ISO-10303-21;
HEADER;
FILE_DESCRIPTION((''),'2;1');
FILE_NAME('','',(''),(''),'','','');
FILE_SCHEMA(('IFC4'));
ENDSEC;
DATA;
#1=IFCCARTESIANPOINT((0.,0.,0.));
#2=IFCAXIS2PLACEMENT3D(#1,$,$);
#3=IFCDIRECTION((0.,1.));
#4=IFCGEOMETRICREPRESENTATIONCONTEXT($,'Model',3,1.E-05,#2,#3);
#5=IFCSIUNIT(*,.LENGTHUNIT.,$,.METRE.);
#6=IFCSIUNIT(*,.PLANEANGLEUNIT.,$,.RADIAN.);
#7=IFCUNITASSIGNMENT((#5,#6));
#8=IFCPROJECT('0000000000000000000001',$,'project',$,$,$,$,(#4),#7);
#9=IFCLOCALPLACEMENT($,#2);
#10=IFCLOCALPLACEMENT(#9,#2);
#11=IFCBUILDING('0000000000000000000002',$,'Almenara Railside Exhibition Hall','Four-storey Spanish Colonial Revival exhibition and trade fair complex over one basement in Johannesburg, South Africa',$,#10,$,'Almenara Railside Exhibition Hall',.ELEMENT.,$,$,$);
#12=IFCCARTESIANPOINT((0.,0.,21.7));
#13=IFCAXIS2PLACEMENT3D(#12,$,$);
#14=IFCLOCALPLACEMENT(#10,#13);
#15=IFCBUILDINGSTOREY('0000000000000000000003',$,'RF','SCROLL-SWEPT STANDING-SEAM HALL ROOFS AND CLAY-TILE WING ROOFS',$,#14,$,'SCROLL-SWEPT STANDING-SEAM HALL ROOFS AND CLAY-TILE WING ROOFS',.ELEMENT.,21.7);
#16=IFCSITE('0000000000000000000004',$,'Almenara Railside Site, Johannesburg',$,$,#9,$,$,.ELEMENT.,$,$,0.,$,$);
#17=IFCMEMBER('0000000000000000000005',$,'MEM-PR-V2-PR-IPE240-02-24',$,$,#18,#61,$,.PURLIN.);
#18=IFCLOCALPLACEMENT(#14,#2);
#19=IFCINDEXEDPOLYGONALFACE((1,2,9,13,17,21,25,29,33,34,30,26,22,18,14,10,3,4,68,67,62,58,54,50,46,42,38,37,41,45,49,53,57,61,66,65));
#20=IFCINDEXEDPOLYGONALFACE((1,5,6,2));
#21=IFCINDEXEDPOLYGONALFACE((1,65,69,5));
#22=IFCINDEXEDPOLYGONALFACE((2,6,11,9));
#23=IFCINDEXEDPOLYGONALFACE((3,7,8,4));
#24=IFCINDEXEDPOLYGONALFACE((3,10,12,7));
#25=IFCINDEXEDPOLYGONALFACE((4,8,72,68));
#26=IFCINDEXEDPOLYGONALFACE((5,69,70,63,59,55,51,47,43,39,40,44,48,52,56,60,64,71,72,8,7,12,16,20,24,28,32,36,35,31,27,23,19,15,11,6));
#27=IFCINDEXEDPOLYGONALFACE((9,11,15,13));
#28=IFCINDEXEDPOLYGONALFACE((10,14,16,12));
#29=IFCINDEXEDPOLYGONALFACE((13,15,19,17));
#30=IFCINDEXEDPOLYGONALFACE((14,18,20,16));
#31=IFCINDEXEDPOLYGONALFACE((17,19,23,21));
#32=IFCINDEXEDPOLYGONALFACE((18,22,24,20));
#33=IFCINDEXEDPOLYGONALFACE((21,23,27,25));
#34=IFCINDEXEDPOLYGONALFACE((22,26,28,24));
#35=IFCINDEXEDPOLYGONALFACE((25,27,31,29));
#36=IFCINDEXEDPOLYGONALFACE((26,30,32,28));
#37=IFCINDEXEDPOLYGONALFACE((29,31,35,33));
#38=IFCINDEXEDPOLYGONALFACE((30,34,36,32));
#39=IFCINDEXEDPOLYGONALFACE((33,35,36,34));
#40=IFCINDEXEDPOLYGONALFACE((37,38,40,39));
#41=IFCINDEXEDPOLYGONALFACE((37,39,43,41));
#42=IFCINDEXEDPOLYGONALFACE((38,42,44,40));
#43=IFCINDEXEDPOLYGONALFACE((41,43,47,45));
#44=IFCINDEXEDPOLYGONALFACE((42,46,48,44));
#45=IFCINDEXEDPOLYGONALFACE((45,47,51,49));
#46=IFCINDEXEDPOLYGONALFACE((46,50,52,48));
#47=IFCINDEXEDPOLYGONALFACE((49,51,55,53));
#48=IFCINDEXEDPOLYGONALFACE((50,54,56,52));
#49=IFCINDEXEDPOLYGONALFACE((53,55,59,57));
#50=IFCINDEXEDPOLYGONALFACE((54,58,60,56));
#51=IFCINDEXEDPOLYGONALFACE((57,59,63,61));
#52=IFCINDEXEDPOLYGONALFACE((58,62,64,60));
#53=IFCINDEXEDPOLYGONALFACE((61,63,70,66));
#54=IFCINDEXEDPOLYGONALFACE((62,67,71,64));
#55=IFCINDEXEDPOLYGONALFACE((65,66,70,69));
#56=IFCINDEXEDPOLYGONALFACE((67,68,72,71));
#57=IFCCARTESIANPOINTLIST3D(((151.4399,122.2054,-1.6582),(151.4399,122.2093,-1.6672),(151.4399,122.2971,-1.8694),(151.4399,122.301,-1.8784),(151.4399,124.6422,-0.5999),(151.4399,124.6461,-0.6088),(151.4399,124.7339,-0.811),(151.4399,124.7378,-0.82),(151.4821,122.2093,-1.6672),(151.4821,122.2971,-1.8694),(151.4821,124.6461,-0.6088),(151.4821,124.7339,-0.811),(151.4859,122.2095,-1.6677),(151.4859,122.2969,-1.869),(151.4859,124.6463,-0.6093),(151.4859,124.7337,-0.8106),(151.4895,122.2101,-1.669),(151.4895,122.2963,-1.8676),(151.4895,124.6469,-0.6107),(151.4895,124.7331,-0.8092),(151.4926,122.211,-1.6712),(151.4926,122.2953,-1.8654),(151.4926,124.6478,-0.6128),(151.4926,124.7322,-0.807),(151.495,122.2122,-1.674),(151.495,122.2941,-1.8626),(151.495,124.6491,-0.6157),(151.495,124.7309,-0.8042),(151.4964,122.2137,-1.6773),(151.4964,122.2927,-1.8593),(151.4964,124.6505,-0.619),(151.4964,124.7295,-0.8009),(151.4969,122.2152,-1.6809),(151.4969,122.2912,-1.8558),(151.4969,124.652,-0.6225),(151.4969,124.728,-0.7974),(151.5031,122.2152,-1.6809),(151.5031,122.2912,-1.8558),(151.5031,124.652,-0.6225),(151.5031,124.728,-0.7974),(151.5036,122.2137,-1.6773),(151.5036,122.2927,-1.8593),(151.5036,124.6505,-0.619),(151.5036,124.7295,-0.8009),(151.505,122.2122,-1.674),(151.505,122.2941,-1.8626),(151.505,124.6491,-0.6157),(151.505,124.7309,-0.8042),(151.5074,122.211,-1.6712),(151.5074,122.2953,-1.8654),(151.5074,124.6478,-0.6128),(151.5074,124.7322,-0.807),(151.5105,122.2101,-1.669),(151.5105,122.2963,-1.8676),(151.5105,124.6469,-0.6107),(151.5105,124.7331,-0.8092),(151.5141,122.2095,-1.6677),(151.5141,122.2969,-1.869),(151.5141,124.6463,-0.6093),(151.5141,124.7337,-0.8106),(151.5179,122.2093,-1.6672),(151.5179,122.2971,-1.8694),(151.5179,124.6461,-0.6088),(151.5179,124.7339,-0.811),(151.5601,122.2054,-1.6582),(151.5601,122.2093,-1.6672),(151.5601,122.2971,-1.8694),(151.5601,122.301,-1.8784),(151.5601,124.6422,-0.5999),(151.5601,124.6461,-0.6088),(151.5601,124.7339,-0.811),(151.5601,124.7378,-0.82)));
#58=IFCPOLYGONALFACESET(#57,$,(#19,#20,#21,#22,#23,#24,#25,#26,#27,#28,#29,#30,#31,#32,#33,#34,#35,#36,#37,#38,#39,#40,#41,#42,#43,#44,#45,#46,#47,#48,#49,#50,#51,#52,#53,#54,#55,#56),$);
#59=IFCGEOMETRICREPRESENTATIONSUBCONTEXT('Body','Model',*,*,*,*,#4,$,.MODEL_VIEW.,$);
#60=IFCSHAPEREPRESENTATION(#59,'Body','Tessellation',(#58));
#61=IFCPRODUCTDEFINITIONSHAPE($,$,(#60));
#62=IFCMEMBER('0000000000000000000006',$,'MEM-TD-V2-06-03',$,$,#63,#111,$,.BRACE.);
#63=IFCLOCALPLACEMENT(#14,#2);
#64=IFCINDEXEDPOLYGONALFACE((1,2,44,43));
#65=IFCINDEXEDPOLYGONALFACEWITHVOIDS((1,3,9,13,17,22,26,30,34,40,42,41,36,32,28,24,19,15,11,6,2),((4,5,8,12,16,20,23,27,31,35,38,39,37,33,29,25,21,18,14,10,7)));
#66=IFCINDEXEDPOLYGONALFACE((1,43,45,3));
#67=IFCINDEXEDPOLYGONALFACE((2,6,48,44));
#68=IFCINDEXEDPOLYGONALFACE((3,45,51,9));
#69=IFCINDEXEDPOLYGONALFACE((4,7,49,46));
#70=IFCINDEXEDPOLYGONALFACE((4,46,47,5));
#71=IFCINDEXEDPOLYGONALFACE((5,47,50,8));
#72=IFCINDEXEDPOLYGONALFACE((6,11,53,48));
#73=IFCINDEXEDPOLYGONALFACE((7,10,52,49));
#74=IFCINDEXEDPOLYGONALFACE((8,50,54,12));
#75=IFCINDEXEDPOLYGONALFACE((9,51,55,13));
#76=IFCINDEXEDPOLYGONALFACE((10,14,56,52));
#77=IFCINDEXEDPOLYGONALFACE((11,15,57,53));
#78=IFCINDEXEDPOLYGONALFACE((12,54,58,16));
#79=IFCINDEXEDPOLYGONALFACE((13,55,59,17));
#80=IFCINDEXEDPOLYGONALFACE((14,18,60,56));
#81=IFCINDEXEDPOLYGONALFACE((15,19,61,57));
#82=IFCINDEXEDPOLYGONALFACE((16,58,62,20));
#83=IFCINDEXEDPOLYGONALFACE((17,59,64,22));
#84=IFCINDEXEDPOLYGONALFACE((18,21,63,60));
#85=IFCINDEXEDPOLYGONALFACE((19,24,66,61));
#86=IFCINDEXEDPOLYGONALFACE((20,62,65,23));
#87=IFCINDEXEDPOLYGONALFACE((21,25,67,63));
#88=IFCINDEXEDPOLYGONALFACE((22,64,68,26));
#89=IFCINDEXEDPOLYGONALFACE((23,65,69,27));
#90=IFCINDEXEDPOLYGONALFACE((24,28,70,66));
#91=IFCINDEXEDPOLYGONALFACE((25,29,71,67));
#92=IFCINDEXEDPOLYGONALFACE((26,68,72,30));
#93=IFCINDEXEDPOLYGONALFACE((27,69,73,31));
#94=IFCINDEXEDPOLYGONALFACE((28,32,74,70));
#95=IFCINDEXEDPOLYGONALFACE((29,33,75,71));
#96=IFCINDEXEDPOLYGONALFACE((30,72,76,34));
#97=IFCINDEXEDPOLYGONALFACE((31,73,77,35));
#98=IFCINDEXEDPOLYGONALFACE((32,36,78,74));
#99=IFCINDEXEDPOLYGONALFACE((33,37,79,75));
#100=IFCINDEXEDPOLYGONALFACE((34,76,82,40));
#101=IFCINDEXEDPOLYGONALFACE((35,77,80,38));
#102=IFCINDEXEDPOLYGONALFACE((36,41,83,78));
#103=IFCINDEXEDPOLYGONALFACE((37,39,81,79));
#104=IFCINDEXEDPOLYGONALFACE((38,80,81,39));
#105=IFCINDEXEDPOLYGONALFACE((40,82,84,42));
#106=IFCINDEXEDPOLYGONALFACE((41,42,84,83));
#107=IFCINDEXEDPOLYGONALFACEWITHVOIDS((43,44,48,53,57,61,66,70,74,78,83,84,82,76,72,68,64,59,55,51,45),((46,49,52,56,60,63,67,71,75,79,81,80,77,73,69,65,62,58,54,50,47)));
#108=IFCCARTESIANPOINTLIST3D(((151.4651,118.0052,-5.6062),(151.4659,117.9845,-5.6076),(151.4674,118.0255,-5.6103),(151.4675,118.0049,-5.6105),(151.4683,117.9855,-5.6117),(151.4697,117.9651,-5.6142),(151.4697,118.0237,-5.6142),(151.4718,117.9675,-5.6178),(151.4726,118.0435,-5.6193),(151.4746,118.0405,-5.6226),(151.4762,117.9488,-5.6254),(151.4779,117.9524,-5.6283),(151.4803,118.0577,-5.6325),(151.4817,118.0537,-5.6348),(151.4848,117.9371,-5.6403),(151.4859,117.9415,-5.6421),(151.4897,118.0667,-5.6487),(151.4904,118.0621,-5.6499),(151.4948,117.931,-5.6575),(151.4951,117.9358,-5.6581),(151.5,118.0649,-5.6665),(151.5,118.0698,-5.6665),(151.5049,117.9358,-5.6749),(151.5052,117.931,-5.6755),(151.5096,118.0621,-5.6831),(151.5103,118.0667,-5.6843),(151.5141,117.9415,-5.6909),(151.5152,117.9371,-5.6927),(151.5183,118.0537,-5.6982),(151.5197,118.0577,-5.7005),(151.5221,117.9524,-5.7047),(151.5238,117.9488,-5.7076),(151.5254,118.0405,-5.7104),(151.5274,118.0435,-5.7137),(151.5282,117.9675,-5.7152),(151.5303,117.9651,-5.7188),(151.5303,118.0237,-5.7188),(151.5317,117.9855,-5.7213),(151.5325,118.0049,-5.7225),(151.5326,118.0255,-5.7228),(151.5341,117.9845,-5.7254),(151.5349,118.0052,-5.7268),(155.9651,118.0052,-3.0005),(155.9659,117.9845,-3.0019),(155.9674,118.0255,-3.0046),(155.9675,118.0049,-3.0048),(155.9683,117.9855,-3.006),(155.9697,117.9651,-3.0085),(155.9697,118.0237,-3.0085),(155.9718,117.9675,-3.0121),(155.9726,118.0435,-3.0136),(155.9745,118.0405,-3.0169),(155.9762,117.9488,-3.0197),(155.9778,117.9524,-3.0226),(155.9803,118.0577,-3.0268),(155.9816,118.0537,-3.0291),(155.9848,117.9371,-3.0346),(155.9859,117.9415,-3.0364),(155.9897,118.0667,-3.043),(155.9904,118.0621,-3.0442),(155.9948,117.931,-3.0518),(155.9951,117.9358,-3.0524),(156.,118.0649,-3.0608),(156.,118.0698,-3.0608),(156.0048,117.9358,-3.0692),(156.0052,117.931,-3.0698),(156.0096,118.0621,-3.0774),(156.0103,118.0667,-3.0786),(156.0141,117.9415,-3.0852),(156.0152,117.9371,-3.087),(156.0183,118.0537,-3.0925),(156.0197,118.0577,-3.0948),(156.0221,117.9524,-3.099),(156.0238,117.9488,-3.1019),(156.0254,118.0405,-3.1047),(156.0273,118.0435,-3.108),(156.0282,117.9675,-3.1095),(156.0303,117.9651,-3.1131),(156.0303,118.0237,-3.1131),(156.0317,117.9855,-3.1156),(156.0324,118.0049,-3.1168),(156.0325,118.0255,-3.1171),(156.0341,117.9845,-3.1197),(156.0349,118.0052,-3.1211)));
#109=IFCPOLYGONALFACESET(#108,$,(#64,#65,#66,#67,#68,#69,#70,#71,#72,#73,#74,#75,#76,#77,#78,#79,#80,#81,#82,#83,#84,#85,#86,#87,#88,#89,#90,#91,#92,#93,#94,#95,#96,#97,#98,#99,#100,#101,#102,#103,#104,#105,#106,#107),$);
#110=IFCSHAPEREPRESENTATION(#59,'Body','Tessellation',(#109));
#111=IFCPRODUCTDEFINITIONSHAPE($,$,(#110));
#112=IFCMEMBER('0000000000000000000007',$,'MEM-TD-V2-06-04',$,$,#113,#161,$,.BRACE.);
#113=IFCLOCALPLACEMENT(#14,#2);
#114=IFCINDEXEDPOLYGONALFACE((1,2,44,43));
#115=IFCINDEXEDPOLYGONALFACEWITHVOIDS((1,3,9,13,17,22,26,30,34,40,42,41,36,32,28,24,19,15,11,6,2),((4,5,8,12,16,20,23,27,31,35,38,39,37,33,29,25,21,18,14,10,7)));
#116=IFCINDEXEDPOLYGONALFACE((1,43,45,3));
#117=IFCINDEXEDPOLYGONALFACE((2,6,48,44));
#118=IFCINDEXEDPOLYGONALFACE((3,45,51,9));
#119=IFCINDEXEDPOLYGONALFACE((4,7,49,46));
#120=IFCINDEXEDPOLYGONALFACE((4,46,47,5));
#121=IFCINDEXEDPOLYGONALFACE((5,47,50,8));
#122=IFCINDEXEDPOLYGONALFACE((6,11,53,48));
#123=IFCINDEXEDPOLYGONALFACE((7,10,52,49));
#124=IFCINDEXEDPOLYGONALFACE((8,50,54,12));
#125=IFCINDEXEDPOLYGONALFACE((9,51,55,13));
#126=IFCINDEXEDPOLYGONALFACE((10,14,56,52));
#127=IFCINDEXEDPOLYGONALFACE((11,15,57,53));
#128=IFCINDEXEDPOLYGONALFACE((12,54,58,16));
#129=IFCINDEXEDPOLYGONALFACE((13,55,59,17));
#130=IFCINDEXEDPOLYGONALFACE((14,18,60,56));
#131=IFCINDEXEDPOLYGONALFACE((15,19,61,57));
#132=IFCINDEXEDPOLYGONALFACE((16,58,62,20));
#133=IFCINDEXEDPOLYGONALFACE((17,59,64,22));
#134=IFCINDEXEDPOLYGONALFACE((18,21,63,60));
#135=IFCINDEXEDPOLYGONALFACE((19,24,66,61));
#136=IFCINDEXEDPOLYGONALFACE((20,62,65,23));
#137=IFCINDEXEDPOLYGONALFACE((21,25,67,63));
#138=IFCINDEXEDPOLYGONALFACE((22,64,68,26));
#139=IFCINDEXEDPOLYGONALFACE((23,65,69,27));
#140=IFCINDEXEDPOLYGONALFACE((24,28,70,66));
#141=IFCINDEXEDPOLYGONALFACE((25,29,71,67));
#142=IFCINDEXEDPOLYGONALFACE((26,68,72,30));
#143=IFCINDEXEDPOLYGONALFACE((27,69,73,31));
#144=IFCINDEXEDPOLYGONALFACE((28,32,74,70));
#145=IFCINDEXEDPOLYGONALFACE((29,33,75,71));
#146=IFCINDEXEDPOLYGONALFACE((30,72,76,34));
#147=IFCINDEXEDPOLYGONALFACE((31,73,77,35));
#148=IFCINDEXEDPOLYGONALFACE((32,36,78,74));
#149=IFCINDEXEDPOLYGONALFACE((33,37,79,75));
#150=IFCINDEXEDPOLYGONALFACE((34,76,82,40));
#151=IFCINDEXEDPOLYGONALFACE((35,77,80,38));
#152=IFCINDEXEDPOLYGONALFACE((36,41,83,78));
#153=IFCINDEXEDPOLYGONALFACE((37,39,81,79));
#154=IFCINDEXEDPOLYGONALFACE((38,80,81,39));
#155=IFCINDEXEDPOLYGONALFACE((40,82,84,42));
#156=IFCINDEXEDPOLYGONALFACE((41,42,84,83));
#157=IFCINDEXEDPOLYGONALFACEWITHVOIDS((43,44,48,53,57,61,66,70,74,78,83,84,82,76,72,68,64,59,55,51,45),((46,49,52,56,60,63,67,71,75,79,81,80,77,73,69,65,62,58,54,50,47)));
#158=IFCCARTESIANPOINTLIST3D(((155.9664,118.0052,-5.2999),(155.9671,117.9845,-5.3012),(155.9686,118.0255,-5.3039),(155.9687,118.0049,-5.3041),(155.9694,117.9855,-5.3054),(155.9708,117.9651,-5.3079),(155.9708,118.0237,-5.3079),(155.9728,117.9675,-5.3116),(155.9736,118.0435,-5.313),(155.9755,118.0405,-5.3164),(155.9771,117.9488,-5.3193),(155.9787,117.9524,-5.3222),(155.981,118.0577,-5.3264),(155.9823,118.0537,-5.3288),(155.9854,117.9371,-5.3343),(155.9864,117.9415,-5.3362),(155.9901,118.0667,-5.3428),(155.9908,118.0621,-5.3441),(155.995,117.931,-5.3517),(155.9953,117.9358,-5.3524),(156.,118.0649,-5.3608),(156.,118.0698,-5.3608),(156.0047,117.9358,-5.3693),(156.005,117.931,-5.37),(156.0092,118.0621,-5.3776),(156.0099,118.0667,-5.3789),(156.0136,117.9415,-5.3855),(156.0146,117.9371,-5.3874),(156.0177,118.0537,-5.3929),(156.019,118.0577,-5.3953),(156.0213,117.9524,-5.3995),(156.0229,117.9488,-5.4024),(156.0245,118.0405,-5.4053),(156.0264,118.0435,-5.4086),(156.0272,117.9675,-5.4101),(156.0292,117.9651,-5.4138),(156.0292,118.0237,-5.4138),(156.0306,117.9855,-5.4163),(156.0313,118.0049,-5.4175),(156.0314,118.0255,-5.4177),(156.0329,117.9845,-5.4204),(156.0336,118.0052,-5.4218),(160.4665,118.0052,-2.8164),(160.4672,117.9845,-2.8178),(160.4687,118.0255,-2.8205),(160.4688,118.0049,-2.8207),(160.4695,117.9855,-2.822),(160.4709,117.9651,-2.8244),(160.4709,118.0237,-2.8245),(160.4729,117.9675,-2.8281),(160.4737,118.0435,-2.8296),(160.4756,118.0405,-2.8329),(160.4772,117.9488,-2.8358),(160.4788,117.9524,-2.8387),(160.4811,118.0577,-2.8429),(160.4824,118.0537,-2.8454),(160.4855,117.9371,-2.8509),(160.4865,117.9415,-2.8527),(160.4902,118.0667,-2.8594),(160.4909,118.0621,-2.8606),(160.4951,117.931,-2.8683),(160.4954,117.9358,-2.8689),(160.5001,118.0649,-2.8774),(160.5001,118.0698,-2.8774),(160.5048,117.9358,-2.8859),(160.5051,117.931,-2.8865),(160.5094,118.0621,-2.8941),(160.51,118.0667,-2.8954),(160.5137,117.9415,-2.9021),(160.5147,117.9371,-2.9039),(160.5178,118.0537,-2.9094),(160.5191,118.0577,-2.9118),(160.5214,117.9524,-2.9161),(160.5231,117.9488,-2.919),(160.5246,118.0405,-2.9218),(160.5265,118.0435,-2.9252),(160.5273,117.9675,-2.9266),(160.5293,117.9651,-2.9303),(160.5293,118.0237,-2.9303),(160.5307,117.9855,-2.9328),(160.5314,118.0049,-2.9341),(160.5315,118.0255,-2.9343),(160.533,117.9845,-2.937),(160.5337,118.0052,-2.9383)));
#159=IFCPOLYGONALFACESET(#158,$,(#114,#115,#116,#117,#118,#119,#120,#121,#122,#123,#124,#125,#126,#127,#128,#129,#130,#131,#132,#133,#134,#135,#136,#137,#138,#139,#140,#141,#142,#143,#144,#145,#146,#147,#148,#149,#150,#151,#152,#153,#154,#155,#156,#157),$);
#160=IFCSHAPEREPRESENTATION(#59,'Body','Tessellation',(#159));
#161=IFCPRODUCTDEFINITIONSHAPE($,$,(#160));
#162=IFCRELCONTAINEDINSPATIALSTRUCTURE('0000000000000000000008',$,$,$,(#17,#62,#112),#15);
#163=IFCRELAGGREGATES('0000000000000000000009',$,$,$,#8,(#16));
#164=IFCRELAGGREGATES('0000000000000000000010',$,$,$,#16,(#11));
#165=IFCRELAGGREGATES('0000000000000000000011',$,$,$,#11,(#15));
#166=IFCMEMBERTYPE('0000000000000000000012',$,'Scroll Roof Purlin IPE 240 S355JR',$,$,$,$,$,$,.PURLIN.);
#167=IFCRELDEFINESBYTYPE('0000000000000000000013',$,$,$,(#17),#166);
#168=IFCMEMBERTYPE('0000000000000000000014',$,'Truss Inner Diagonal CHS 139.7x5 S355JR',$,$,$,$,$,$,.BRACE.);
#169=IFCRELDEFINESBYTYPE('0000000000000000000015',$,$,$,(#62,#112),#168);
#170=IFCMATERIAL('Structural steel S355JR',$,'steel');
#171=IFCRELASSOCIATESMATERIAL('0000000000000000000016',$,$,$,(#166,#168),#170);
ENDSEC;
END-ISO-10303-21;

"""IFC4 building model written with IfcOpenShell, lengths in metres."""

from ifc_helpers import new_model, si_unit, direction, frame, origin, origin_2d, place, context, subcontext, project, spatial, hollow_circle, i_section, extrude, material, material_profile, profile_set, type_object, element, save


model = new_model("IFC4")

# Units and contexts
model_context = context("Model", 3, precision=1e-05, world=origin(), true_north=direction((0.0, 1.0)))
body_context = subcontext(model_context, "Body", "Model", "MODEL_VIEW")
ifc_project = project(units=[si_unit("LENGTHUNIT", "METRE"), si_unit("PLANEANGLEUNIT", "RADIAN")], contexts=[model_context])

# Site, building, storey
site_placement = place(None, origin())
site = spatial("IfcSite", under=ifc_project, at=site_placement, Name="Almenara Railside Site, Johannesburg", CompositionType="ELEMENT", RefElevation=0.0)
building_placement = place(site_placement, origin())
building = spatial("IfcBuilding", under=site, at=building_placement, Name="Almenara Railside Exhibition Hall", Description="Four-storey Spanish Colonial Revival exhibition and trade fair complex over one basement in Johannesburg, South Africa", LongName="Almenara Railside Exhibition Hall", CompositionType="ELEMENT")
storey_placement = place(building_placement, frame((0.0, 0.0, 21.7)))
storey = spatial("IfcBuildingStorey", under=building, at=storey_placement, Name="RF", Description="SCROLL-SWEPT STANDING-SEAM HALL ROOFS AND CLAY-TILE WING ROOFS", LongName="SCROLL-SWEPT STANDING-SEAM HALL ROOFS AND CLAY-TILE WING ROOFS", CompositionType="ELEMENT", Elevation=21.7)

# Members
ifc_material_1 = material(Name="Structural steel S355JR", Category="steel")
ifc_material_profile_1 = material_profile(ifc_material_1, i_section(OverallWidth=0.1201, OverallDepth=0.24, WebThickness=0.0061, FlangeThickness=0.0098, FilletRadius=0.0149, at=origin_2d()), Name="IPE 240")
ifc_profile_set_1 = profile_set([ifc_material_profile_1], Name="Structural steel S355JR")
member_type_1 = type_object("IfcMemberType", Name="Scroll Roof Purlin IPE 240 S355JR", PredefinedType="PURLIN", material=ifc_profile_set_1)
member_1_placement = place(storey_placement, frame((151.5, 122.2532, -1.7683), z_axis=(0.0, 0.917223, 0.398373), x_axis=(-1.0, 0.0, 0.0)))
element("IfcMember", 1, at=member_1_placement, inside=storey, type_object=member_type_1, Name="MEM-PR-V2-PR-IPE240-02-24", PredefinedType="PURLIN", context=body_context, shape_type="SweptSolid", body=[
    extrude(i_section(OverallWidth=0.1201, OverallDepth=0.24, WebThickness=0.0061, FlangeThickness=0.0098, FilletRadius=0.0149, at=origin_2d()), origin(), (0.0, 0.0, 1.0), 2.6567),
])
ifc_material_profile_2 = material_profile(ifc_material_1, hollow_circle(Radius=0.0698, WallThickness=0.0049, at=origin_2d()), Name="CHS 139.7x5")
ifc_profile_set_2 = profile_set([ifc_material_profile_2], Name="Structural steel S355JR")
member_type_2 = type_object("IfcMemberType", Name="Truss Inner Diagonal CHS 139.7x5 S355JR", PredefinedType="BRACE", material=ifc_profile_set_2)
member_2_placement = place(storey_placement, frame((151.5, 118.0, -5.6665), z_axis=(0.865389, 0.0, 0.501101), x_axis=(0.0, 1.0, 0.0)))
element("IfcMember", 2, at=member_2_placement, inside=storey, type_object=member_type_2, Name="MEM-TD-V2-06-03", PredefinedType="BRACE", context=body_context, shape_type="SweptSolid", body=[
    extrude(hollow_circle(Radius=0.0698, WallThickness=0.0049, at=origin_2d()), origin(), (0.0, 0.0, 1.0), 5.2),
])
member_3_placement = place(storey_placement, frame((156.0, 118.0, -5.3608), z_axis=(0.875525, 0.0, 0.483173), x_axis=(0.0, 1.0, 0.0)))
element("IfcMember", 3, at=member_3_placement, inside=storey, type_object=member_type_2, Name="MEM-TD-V2-06-04", PredefinedType="BRACE", context=body_context, shape_type="SweptSolid", body=[
    extrude(hollow_circle(Radius=0.0698, WallThickness=0.0049, at=origin_2d()), origin(), (0.0, 0.0, 1.0), 5.1399),
])

save(model, "model.ifc")
